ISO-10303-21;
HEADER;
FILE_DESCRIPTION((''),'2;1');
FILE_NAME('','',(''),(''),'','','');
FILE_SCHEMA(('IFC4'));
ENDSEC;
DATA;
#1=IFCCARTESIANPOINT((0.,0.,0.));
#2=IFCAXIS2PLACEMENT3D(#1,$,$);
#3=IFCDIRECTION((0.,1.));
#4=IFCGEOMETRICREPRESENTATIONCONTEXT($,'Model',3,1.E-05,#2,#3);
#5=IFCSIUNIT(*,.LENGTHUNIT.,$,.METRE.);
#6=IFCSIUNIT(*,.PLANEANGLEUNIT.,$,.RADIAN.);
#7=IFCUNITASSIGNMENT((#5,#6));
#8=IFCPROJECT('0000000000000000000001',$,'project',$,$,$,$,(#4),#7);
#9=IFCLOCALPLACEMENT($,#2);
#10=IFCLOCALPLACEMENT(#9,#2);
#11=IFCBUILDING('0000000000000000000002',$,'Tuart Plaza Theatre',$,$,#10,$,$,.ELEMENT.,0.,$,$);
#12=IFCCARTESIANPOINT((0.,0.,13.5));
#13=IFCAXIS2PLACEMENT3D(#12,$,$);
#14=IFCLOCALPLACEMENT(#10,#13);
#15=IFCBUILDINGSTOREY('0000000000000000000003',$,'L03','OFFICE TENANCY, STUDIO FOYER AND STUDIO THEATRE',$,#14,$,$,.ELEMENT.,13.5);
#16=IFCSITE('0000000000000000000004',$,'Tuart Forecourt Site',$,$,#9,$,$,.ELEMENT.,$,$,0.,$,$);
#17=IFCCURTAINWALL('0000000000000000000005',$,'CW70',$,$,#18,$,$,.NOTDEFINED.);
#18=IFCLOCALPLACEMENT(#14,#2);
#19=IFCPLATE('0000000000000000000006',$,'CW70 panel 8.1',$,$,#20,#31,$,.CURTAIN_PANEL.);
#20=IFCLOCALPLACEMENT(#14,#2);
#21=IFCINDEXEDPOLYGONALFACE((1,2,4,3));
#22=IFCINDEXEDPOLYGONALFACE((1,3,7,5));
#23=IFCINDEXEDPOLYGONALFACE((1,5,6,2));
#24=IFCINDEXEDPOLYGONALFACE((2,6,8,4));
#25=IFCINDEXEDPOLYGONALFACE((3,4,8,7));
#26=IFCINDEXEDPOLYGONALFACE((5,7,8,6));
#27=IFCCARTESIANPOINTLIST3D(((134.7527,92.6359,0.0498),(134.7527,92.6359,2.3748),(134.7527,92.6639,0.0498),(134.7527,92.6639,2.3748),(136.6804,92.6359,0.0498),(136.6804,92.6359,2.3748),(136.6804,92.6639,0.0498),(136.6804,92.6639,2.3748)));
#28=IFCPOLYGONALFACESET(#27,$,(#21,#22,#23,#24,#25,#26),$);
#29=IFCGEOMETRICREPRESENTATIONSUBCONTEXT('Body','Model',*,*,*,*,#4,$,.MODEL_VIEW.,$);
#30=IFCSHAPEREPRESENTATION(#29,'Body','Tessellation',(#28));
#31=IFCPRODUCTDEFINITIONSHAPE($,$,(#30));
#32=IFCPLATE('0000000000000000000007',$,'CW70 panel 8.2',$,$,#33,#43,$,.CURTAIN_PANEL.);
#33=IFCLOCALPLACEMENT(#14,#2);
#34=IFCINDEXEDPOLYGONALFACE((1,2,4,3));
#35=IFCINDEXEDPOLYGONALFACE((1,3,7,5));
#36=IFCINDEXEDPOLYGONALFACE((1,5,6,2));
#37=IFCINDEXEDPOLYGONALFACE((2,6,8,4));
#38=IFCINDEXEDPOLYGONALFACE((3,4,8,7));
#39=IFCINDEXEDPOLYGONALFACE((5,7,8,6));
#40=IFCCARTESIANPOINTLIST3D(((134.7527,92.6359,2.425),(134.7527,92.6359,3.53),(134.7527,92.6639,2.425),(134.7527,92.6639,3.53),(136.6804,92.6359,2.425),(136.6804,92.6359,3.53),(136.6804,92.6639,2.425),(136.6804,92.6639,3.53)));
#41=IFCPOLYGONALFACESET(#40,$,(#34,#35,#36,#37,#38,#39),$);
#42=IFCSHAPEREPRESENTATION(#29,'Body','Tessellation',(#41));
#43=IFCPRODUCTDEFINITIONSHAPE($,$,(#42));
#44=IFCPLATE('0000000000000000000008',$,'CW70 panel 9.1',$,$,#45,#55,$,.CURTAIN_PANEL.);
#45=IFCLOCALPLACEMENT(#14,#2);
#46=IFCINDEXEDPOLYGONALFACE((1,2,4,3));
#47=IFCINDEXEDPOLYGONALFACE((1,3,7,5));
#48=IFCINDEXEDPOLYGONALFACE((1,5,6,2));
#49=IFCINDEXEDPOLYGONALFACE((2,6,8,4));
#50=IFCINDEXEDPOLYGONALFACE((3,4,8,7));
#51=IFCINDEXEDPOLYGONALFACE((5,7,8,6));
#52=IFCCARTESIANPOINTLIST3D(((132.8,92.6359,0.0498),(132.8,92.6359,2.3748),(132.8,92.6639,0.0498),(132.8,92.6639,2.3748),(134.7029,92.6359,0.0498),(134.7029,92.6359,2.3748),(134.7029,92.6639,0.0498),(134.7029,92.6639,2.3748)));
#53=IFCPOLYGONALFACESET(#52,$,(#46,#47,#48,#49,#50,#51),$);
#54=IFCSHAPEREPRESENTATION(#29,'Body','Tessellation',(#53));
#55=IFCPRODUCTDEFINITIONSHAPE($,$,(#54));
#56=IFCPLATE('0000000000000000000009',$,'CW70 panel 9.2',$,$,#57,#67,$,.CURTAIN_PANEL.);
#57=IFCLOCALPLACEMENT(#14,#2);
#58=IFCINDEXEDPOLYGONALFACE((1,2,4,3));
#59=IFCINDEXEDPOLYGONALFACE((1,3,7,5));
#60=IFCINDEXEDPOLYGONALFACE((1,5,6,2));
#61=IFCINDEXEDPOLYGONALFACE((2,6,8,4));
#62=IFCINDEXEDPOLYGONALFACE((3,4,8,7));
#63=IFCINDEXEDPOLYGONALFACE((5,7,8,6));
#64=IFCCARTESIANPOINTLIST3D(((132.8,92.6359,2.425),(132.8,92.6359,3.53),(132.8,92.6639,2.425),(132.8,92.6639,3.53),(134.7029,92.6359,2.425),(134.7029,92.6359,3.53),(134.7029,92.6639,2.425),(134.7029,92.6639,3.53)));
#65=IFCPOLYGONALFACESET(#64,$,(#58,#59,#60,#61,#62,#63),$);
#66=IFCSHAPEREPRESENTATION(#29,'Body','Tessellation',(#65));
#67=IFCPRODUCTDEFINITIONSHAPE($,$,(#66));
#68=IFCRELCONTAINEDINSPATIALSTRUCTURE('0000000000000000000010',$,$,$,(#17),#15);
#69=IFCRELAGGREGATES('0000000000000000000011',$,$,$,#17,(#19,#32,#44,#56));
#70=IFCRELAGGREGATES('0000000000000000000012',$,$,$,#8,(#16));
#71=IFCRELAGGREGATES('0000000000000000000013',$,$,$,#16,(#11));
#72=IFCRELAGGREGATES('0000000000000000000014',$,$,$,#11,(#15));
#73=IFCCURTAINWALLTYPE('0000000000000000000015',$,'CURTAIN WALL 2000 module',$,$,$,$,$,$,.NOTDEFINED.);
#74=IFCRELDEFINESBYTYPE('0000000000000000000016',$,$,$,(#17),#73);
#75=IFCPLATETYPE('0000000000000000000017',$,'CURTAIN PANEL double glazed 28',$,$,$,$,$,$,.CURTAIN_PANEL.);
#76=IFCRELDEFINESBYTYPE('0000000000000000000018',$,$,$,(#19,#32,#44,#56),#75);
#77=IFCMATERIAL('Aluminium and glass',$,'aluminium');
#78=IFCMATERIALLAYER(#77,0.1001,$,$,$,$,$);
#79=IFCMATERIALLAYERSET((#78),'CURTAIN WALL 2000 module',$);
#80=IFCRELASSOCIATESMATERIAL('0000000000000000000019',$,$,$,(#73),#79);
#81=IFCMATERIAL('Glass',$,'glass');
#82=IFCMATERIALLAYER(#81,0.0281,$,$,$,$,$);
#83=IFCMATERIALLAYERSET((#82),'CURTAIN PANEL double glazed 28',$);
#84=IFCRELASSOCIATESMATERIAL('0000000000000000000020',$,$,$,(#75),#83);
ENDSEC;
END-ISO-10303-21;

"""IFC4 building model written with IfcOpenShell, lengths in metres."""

from ifc_helpers import new_model, si_unit, direction, frame, origin, origin_2d, place, context, subcontext, project, spatial, rectangle, extrude, material, layer, layer_set, type_object, element, aggregate, save


model = new_model("IFC4")

# Units and contexts
model_context = context("Model", 3, precision=1e-05, world=origin(), true_north=direction((0.0, 1.0)))
body_context = subcontext(model_context, "Body", "Model", "MODEL_VIEW")
ifc_project = project(units=[si_unit("LENGTHUNIT", "METRE"), si_unit("PLANEANGLEUNIT", "RADIAN")], contexts=[model_context])

# Site, building, storey
site_placement = place(None, origin())
site = spatial("IfcSite", under=ifc_project, at=site_placement, Name="Tuart Forecourt Site", CompositionType="ELEMENT", RefElevation=0.0)
building_placement = place(site_placement, origin())
building = spatial("IfcBuilding", under=site, at=building_placement, Name="Tuart Plaza Theatre", CompositionType="ELEMENT", ElevationOfRefHeight=0.0)
storey_placement = place(building_placement, frame((0.0, 0.0, 13.5)))
storey = spatial("IfcBuildingStorey", under=building, at=storey_placement, Name="L03", Description="OFFICE TENANCY, STUDIO FOYER AND STUDIO THEATRE", CompositionType="ELEMENT", Elevation=13.5)

# Curtain wall, plates
ifc_material_1 = material(Name="Aluminium and glass", Category="aluminium")
ifc_layer_1 = layer(ifc_material_1, 0.1001)
ifc_layer_set_1 = layer_set([ifc_layer_1], Name="CURTAIN WALL 2000 module")
curtain_wall_type = type_object("IfcCurtainWallType", Name="CURTAIN WALL 2000 module", PredefinedType="NOTDEFINED", material=ifc_layer_set_1)
curtain_wall_placement = place(storey_placement, origin())
curtain_wall = element("IfcCurtainWall", 1, at=curtain_wall_placement, inside=storey, type_object=curtain_wall_type, Name="CW70", PredefinedType="NOTDEFINED")
ifc_material_2 = material(Name="Glass", Category="glass")
ifc_layer_2 = layer(ifc_material_2, 0.0281)
ifc_layer_set_2 = layer_set([ifc_layer_2], Name="CURTAIN PANEL double glazed 28")
plate_type = type_object("IfcPlateType", Name="CURTAIN PANEL double glazed 28", PredefinedType="CURTAIN_PANEL", material=ifc_layer_set_2)
plate_1_placement = place(storey_placement, frame((135.7166, 92.6499, 0.0498), z_axis=(0.0, 0.0, 1.0), x_axis=(-1.0, 0.0, 0.0)))
plate_1 = element("IfcPlate", 2, at=plate_1_placement, type_object=plate_type, Name="CW70 panel 8.1", PredefinedType="CURTAIN_PANEL", context=body_context, shape_type="SweptSolid", body=[
    extrude(rectangle(XDim=1.9277, YDim=0.0281, at=origin_2d()), origin(), (0.0, 0.0, 1.0), 2.325),
])
plate_2_placement = place(storey_placement, frame((135.7166, 92.6499, 2.425), z_axis=(0.0, 0.0, 1.0), x_axis=(-1.0, 0.0, 0.0)))
plate_2 = element("IfcPlate", 3, at=plate_2_placement, type_object=plate_type, Name="CW70 panel 8.2", PredefinedType="CURTAIN_PANEL", context=body_context, shape_type="SweptSolid", body=[
    extrude(rectangle(XDim=1.9277, YDim=0.0281, at=origin_2d()), origin(), (0.0, 0.0, 1.0), 1.105),
])
plate_3_placement = place(storey_placement, frame((133.7515, 92.6499, 0.0498), z_axis=(0.0, 0.0, 1.0), x_axis=(-1.0, 0.0, 0.0)))
plate_3 = element("IfcPlate", 4, at=plate_3_placement, type_object=plate_type, Name="CW70 panel 9.1", PredefinedType="CURTAIN_PANEL", context=body_context, shape_type="SweptSolid", body=[
    extrude(rectangle(XDim=1.9028, YDim=0.0281, at=origin_2d()), origin(), (0.0, 0.0, 1.0), 2.325),
])
plate_4_placement = place(storey_placement, frame((133.7515, 92.6499, 2.425), z_axis=(0.0, 0.0, 1.0), x_axis=(-1.0, 0.0, 0.0)))
plate_4 = element("IfcPlate", 5, at=plate_4_placement, type_object=plate_type, Name="CW70 panel 9.2", PredefinedType="CURTAIN_PANEL", context=body_context, shape_type="SweptSolid", body=[
    extrude(rectangle(XDim=1.9028, YDim=0.0281, at=origin_2d()), origin(), (0.0, 0.0, 1.0), 1.105),
])
aggregate(curtain_wall, [plate_1, plate_2, plate_3, plate_4])

save(model, "model.ifc")
